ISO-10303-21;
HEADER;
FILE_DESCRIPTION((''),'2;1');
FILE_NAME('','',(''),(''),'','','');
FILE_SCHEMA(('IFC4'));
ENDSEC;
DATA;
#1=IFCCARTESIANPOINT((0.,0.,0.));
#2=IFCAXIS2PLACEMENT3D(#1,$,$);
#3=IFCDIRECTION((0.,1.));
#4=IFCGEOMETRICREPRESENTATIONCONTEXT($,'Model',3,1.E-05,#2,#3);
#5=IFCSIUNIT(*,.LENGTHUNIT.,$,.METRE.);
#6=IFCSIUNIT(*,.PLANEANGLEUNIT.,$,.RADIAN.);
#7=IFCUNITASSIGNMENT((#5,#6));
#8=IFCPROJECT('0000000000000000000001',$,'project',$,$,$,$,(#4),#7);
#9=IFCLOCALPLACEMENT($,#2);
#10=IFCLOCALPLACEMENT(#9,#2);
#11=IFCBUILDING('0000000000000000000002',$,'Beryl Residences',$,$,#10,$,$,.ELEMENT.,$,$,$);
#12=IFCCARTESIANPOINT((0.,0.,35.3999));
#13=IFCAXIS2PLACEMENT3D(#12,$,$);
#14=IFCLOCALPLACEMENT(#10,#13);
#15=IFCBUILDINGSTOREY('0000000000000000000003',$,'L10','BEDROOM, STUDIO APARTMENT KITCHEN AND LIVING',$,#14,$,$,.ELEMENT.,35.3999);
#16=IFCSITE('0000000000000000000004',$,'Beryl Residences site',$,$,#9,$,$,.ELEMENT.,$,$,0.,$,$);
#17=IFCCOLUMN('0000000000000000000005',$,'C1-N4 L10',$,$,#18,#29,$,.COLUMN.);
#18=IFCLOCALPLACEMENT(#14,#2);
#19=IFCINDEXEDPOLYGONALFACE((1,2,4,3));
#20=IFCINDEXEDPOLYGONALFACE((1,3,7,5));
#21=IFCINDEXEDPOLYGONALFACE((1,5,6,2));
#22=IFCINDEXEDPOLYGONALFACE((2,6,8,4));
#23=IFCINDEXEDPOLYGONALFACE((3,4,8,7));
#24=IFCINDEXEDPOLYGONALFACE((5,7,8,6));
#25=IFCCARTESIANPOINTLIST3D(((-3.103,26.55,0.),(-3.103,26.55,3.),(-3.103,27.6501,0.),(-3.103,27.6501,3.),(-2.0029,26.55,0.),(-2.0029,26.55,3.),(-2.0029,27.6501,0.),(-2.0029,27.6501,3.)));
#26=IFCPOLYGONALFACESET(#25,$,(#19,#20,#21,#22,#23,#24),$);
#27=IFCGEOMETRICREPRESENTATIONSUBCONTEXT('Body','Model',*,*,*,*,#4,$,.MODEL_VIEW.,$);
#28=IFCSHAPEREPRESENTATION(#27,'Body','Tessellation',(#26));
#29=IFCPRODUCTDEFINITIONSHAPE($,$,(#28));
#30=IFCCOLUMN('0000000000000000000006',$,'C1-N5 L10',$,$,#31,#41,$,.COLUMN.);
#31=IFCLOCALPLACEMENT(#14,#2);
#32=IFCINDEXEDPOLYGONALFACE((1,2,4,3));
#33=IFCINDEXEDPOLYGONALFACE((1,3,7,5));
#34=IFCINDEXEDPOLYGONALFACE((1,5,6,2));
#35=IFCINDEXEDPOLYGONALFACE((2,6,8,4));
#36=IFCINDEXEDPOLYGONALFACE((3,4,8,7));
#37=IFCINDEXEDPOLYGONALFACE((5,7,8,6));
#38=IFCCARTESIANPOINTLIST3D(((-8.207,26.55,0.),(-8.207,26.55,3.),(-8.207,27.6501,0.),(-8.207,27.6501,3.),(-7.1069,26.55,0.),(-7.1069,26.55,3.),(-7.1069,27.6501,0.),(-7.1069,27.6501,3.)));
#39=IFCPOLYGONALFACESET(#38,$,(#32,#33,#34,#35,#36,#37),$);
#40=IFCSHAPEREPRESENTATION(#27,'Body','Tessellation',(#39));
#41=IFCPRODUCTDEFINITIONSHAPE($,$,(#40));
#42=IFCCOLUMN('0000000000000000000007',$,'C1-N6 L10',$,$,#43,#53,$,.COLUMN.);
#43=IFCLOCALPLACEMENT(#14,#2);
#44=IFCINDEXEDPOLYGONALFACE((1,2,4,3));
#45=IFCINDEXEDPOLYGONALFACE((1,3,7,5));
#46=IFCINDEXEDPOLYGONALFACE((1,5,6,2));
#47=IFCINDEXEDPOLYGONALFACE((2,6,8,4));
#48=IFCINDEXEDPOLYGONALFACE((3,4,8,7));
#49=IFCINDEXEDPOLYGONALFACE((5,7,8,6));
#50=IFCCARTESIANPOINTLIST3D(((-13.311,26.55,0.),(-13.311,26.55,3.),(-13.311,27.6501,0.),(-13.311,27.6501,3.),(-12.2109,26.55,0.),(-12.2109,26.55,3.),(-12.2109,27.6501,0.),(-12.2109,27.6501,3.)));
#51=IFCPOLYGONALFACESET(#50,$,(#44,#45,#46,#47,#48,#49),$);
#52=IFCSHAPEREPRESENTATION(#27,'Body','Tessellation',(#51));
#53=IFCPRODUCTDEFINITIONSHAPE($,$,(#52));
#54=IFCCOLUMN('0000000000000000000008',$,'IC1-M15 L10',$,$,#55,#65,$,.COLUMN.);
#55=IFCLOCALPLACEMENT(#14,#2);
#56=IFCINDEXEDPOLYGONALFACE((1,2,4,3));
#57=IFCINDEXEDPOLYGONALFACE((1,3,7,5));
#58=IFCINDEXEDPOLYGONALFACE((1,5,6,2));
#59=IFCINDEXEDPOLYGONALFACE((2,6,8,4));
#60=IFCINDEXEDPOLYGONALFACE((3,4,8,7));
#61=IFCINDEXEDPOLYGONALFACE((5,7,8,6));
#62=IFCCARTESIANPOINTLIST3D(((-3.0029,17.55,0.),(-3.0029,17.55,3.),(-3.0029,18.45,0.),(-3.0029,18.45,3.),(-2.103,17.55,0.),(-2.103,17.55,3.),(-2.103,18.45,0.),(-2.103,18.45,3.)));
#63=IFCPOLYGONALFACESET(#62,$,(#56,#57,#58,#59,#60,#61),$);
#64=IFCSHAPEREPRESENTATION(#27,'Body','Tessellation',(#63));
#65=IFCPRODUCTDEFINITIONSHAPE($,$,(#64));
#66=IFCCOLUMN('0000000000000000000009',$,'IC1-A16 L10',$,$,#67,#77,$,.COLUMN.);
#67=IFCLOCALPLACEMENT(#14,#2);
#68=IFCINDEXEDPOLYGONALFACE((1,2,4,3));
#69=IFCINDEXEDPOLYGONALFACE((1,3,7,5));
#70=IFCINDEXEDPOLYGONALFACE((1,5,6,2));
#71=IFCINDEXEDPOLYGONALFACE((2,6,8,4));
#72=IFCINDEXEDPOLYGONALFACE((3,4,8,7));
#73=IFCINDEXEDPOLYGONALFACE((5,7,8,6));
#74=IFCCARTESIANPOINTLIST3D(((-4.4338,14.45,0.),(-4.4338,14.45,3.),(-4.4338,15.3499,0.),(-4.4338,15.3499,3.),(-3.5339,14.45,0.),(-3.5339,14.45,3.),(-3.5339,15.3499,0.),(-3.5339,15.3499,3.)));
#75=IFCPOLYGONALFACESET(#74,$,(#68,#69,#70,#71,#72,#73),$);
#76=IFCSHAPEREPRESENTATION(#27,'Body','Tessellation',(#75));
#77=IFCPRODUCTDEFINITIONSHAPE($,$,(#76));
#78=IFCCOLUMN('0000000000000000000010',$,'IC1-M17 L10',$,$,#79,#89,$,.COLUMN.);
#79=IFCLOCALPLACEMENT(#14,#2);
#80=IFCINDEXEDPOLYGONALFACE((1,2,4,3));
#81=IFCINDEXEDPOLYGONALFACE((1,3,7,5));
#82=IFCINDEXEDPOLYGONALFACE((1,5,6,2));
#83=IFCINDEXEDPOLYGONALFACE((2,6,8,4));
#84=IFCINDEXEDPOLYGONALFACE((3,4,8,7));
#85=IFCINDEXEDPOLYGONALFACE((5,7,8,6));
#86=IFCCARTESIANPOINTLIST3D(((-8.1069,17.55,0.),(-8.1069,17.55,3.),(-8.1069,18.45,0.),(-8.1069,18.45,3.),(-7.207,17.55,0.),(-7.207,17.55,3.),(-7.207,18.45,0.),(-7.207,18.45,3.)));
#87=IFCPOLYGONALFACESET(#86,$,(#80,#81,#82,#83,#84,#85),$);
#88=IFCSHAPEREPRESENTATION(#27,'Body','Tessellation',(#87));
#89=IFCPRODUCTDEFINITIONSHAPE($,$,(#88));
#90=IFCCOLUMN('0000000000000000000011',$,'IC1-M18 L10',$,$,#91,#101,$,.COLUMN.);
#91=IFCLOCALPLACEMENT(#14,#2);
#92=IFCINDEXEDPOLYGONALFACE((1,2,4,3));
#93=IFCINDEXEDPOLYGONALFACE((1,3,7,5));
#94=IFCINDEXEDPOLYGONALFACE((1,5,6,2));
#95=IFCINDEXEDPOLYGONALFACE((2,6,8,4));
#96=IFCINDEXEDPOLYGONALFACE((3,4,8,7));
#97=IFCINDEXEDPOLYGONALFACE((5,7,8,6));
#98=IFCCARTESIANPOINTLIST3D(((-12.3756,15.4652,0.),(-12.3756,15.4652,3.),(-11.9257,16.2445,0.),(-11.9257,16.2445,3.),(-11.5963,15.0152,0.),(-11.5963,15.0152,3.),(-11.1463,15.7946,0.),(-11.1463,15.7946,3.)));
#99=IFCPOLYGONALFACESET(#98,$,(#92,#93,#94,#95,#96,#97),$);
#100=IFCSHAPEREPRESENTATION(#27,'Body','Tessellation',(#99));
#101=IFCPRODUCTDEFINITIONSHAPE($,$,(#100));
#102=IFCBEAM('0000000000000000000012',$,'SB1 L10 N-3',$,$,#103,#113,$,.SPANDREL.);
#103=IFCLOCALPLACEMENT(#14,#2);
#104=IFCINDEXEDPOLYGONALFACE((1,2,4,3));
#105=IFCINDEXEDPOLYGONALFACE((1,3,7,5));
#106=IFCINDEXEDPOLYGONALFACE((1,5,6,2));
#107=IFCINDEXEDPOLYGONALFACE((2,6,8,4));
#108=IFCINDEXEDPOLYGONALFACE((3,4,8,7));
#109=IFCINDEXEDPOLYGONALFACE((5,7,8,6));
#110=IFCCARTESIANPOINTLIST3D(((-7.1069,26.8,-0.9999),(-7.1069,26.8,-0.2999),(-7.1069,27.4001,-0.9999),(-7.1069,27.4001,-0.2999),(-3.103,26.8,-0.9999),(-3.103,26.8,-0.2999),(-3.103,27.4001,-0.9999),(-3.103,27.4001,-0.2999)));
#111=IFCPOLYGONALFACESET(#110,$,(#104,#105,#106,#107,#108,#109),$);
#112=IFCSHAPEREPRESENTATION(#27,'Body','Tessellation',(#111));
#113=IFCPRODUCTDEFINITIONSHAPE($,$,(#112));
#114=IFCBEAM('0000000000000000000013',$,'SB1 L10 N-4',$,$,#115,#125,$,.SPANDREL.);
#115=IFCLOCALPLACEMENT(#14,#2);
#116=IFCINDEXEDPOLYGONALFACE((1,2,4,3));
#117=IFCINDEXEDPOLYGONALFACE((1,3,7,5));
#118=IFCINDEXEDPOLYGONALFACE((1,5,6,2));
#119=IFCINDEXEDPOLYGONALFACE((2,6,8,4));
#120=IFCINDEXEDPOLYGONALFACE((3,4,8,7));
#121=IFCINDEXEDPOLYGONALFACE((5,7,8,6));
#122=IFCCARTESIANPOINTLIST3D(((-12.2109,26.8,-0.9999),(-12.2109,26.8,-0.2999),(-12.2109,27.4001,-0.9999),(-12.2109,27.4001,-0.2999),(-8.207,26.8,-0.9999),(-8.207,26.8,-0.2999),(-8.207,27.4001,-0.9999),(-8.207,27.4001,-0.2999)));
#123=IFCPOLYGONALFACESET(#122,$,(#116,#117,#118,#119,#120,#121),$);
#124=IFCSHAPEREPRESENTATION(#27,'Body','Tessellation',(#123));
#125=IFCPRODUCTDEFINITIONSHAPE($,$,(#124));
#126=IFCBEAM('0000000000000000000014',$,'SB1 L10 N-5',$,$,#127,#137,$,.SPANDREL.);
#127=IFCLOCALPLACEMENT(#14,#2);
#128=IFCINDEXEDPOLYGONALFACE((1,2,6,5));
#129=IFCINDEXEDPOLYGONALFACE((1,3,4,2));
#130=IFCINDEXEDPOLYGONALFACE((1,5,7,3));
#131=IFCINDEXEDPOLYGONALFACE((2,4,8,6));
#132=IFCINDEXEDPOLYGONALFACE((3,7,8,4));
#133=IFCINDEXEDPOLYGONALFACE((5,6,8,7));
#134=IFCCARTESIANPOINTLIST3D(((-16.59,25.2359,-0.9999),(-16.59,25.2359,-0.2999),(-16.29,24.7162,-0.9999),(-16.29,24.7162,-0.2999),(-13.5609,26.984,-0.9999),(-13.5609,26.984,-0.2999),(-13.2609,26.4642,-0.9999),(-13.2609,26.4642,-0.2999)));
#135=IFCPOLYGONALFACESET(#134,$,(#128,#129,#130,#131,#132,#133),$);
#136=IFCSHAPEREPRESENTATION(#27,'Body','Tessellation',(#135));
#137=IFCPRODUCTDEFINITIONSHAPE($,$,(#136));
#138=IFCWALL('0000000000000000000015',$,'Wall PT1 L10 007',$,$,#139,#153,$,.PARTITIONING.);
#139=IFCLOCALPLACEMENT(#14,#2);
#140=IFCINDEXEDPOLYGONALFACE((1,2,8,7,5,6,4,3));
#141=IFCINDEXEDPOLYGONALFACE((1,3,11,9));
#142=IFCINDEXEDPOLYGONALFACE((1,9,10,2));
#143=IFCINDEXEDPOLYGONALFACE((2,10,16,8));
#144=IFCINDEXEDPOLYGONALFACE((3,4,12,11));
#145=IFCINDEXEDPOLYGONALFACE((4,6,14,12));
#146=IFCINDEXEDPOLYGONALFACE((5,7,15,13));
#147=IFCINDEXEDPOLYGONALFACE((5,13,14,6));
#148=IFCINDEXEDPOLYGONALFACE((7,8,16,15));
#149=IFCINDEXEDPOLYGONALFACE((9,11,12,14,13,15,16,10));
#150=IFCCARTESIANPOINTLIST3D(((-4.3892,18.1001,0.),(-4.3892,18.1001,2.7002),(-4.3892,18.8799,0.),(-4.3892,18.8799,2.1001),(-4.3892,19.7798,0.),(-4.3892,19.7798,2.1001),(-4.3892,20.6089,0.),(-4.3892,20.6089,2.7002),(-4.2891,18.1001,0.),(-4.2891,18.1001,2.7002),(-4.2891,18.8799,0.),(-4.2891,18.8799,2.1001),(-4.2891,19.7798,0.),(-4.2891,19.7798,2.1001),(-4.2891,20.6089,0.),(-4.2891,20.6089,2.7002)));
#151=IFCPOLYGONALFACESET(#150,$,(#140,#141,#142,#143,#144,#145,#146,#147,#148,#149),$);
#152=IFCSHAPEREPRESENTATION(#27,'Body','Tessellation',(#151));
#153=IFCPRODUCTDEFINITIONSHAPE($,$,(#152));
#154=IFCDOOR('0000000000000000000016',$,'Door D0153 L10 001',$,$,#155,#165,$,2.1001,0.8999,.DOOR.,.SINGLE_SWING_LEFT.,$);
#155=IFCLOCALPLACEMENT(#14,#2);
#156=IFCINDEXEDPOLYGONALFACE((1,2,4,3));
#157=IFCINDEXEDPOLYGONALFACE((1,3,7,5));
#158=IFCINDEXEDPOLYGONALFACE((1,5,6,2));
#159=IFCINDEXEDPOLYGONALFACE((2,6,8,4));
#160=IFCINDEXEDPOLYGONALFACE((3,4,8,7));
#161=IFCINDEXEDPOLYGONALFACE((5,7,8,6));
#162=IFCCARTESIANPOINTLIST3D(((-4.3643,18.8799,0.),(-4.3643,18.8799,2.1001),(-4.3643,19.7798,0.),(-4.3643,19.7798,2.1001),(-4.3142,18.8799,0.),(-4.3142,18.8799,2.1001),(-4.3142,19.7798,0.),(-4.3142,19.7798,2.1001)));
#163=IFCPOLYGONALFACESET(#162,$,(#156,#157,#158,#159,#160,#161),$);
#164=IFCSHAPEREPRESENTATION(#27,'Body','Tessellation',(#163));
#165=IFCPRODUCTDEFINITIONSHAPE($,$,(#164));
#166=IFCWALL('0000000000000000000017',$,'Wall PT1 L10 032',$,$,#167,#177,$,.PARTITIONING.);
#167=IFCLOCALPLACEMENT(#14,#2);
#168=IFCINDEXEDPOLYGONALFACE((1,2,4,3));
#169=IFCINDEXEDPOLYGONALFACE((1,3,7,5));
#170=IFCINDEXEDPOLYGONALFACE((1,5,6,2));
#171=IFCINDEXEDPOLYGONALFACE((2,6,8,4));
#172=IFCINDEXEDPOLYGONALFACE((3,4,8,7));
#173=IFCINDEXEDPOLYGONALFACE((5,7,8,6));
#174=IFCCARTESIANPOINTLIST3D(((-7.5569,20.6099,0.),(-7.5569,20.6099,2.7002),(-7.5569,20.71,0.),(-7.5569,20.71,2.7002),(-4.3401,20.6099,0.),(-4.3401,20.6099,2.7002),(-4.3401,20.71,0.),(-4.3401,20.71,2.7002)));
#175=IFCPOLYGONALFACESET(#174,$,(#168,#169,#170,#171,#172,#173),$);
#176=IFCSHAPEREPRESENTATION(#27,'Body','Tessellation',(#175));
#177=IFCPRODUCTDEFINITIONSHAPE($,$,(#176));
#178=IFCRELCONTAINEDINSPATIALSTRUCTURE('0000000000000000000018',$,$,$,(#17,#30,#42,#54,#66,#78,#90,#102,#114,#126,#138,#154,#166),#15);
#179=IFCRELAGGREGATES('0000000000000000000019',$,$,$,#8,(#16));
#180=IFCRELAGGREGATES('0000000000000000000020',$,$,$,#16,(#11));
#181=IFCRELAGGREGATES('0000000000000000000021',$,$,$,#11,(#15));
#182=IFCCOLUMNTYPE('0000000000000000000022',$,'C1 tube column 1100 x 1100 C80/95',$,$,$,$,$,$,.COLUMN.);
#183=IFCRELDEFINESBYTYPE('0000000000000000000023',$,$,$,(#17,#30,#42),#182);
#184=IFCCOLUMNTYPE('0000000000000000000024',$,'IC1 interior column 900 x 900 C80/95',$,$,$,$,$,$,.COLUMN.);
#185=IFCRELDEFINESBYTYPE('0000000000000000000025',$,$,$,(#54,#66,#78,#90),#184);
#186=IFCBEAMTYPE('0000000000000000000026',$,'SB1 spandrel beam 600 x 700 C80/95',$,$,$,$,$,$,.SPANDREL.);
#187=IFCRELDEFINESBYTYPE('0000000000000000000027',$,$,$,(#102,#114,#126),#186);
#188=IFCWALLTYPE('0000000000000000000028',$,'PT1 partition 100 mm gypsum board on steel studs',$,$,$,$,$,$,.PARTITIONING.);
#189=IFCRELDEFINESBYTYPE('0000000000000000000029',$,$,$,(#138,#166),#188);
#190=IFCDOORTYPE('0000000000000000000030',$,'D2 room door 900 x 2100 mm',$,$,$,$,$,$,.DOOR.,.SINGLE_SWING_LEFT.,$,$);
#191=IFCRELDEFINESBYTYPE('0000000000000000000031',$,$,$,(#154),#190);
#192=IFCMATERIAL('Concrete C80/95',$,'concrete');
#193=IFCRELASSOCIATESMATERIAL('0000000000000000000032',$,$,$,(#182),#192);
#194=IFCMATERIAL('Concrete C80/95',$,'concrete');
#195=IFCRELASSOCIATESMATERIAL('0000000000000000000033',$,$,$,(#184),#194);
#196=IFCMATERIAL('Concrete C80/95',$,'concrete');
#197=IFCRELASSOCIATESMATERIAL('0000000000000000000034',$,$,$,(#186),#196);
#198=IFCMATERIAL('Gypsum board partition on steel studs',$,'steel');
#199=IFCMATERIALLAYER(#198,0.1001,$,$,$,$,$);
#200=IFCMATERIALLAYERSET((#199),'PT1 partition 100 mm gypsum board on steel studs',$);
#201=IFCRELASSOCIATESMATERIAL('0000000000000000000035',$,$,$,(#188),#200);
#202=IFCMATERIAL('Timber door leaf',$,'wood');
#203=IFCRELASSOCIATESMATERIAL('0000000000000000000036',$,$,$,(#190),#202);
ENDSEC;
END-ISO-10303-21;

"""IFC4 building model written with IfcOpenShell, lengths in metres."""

from ifc_helpers import new_model, si_unit, direction, frame, frame_2d, origin, origin_2d, place, context, subcontext, project, spatial, rectangle, extrude, material, layer, layer_set, material_profile, profile_set, type_object, element, fill, save


model = new_model("IFC4")

# Units and contexts
model_context = context("Model", 3, precision=1e-05, world=origin(), true_north=direction((0.0, 1.0)))
body_context = subcontext(model_context, "Body", "Model", "MODEL_VIEW")
ifc_project = project(units=[si_unit("LENGTHUNIT", "METRE"), si_unit("PLANEANGLEUNIT", "RADIAN")], contexts=[model_context])

# Site, building, storey
site_placement = place(None, origin())
site = spatial("IfcSite", under=ifc_project, at=site_placement, Name="Beryl Residences site", CompositionType="ELEMENT", RefElevation=0.0)
building_placement = place(site_placement, origin())
building = spatial("IfcBuilding", under=site, at=building_placement, Name="Beryl Residences", CompositionType="ELEMENT")
storey_placement = place(building_placement, frame((0.0, 0.0, 35.3999)))
storey = spatial("IfcBuildingStorey", under=building, at=storey_placement, Name="L10", Description="BEDROOM, STUDIO APARTMENT KITCHEN AND LIVING", CompositionType="ELEMENT", Elevation=35.3999)

# Columns
ifc_material_1 = material(Name="Concrete C80/95", Category="concrete")
ifc_material_profile_1 = material_profile(ifc_material_1, rectangle(XDim=1.1001, YDim=1.1001, at=origin_2d()))
ifc_profile_set_1 = profile_set([ifc_material_profile_1], Name="Concrete C80/95")
column_type_1 = type_object("IfcColumnType", Name="C1 tube column 1100 x 1100 C80/95", PredefinedType="COLUMN", material=ifc_profile_set_1)
for number, where, z_axis, x_axis, name in (
    (1, (-2.553, 27.1001, 0.0), (0.0, 0.0, 1.0), (-1.0, 0.0, 0.0), "C1-N4 L10"),
    (2, (-7.657, 27.1001, 0.0), (0.0, 0.0, 1.0), (-1.0, 0.0, 0.0), "C1-N5 L10"),
    (3, (-12.761, 27.1001, 0.0), (0.0, 0.0, 1.0), (-1.0, 0.0, 0.0), "C1-N6 L10"),
):
    element("IfcColumn", number, at=place(storey_placement, frame(where, z_axis=z_axis, x_axis=x_axis)), inside=storey, type_object=column_type_1, Name=name, PredefinedType="COLUMN", context=body_context, shape_type="SweptSolid", body=[
        extrude(rectangle(XDim=1.1001, YDim=1.1001, at=origin_2d()), origin(), (0.0, 0.0, 1.0), 3.0),
    ])
ifc_material_2 = material(Name="Concrete C80/95", Category="concrete")
ifc_material_profile_2 = material_profile(ifc_material_2, rectangle(XDim=0.8999, YDim=0.8999, at=origin_2d()))
ifc_profile_set_2 = profile_set([ifc_material_profile_2], Name="Concrete C80/95")
column_type_2 = type_object("IfcColumnType", Name="IC1 interior column 900 x 900 C80/95", PredefinedType="COLUMN", material=ifc_profile_set_2)
for number, where, z_axis, x_axis, name in (
    (4, (-2.553, 18.0, 0.0), (0.0, 0.0, 1.0), (-1.0, 0.0, 0.0), "IC1-M15 L10"),
    (5, (-3.9839, 14.8999, 0.0), (0.0, 0.0, 1.0), (1.0, 0.0, 0.0), "IC1-A16 L10"),
    (6, (-7.657, 18.0, 0.0), (0.0, 0.0, 1.0), (-1.0, 0.0, 0.0), "IC1-M17 L10"),
    (7, (-11.761, 15.6299, 0.0), (0.0, 0.0, 1.0), (-0.499985, -0.866034, 0.0), "IC1-M18 L10"),
):
    element("IfcColumn", number, at=place(storey_placement, frame(where, z_axis=z_axis, x_axis=x_axis)), inside=storey, type_object=column_type_2, Name=name, PredefinedType="COLUMN", context=body_context, shape_type="SweptSolid", body=[
        extrude(rectangle(XDim=0.8999, YDim=0.8999, at=origin_2d()), origin(), (0.0, 0.0, 1.0), 3.0),
    ])

# Beams
ifc_material_3 = material(Name="Concrete C80/95", Category="concrete")
ifc_material_profile_3 = material_profile(ifc_material_3, rectangle(XDim=0.6001, YDim=0.7, at=origin_2d()))
ifc_profile_set_3 = profile_set([ifc_material_profile_3], Name="Concrete C80/95")
beam_type = type_object("IfcBeamType", Name="SB1 spandrel beam 600 x 700 C80/95", PredefinedType="SPANDREL", material=ifc_profile_set_3)
for number, where, z_axis, x_axis, name in (
    (8, (-3.103, 27.1001, -0.6499), (-1.0, 0.0, 0.0), (0.0, -1.0, 0.0), "SB1 L10 N-3"),
    (9, (-8.207, 27.1001, -0.6499), (-1.0, 0.0, 0.0), (0.0, -1.0, 0.0), "SB1 L10 N-4"),
):
    element("IfcBeam", number, at=place(storey_placement, frame(where, z_axis=z_axis, x_axis=x_axis)), inside=storey, type_object=beam_type, Name=name, PredefinedType="SPANDREL", context=body_context, shape_type="SweptSolid", body=[
        extrude(rectangle(XDim=0.6001, YDim=0.7, at=origin_2d()), origin(), (0.0, 0.0, 1.0), 4.0039),
    ])
beam_placement = place(storey_placement, frame((-13.4109, 26.7241, -0.6499), z_axis=(-0.866122, -0.499833, 0.0), x_axis=(0.499833, -0.866122, 0.0)))
element("IfcBeam", 10, at=beam_placement, inside=storey, type_object=beam_type, Name="SB1 L10 N-5", PredefinedType="SPANDREL", context=body_context, shape_type="SweptSolid", body=[
    extrude(rectangle(XDim=0.6001, YDim=0.7, at=origin_2d()), origin(), (0.0, 0.0, 1.0), 3.4973),
])

# Wall, opening, door
ifc_material_4 = material(Name="Gypsum board partition on steel studs", Category="steel")
ifc_layer_1 = layer(ifc_material_4, 0.1001)
ifc_layer_set_1 = layer_set([ifc_layer_1], Name="PT1 partition 100 mm gypsum board on steel studs")
wall_type_1 = type_object("IfcWallType", Name="PT1 partition 100 mm gypsum board on steel studs", PredefinedType="PARTITIONING", material=ifc_layer_set_1)
wall_1_placement = place(storey_placement, frame((-4.3391, 20.6089, 0.0), z_axis=(0.0, 0.0, 1.0), x_axis=(0.0, -1.0, 0.0)))
wall_1 = element("IfcWall", 11, at=wall_1_placement, inside=storey, type_object=wall_type_1, Name="Wall PT1 L10 007", PredefinedType="PARTITIONING", context=body_context, shape_type="SweptSolid", body=[
    extrude(rectangle(XDim=2.5088, YDim=0.1001, at=frame_2d((1.2544, 0.0))), origin(), (0.0, 0.0, 1.0), 2.7002),
])
opening_1_placement = place(wall_1_placement, frame((0.8291, 0.0, 0.0)))
opening_1 = element("IfcOpeningElement", 12, at=opening_1_placement, cuts=wall_1, PredefinedType="OPENING", context=body_context, shape_type="SweptSolid", body=[
    extrude(rectangle(XDim=0.8999, YDim=2.1001, at=frame_2d((0.45, 1.05))), frame((0.0, 0.0601, 0.0), z_axis=(0.0, -1.0, 0.0), x_axis=(1.0, 0.0, 0.0)), (0.0, 0.0, 1.0), 0.1201),
])
ifc_material_5 = material(Name="Timber door leaf", Category="wood")
door_type_1 = type_object("IfcDoorType", Name="D2 room door 900 x 2100 mm", OperationType="SINGLE_SWING_LEFT", PredefinedType="DOOR", material=ifc_material_5)
door_1_placement = place(opening_1_placement, origin())
door_1 = element("IfcDoor", 13, at=door_1_placement, inside=storey, type_object=door_type_1, Name="Door D0153 L10 001", OperationType="SINGLE_SWING_LEFT", OverallHeight=2.1001, OverallWidth=0.8999, PredefinedType="DOOR", context=body_context, shape_type="SweptSolid", body=[
    extrude(rectangle(XDim=0.8999, YDim=2.1001, at=frame_2d((0.45, 1.05))), frame((0.0, 0.0249, 0.0), z_axis=(0.0, -1.0, 0.0), x_axis=(1.0, 0.0, 0.0)), (0.0, 0.0, 1.0), 0.05),
])
fill(opening_1, door_1)

# Wall
wall_2_placement = place(storey_placement, frame((-7.5569, 20.6599, 0.0), z_axis=(0.0, 0.0, 1.0), x_axis=(1.0, 0.0, 0.0)))
element("IfcWall", 14, at=wall_2_placement, inside=storey, type_object=wall_type_1, Name="Wall PT1 L10 032", PredefinedType="PARTITIONING", context=body_context, shape_type="SweptSolid", body=[
    extrude(rectangle(XDim=3.2168, YDim=0.1001, at=frame_2d((1.6084, 0.0))), origin(), (0.0, 0.0, 1.0), 2.7002),
])

save(model, "model.ifc")
